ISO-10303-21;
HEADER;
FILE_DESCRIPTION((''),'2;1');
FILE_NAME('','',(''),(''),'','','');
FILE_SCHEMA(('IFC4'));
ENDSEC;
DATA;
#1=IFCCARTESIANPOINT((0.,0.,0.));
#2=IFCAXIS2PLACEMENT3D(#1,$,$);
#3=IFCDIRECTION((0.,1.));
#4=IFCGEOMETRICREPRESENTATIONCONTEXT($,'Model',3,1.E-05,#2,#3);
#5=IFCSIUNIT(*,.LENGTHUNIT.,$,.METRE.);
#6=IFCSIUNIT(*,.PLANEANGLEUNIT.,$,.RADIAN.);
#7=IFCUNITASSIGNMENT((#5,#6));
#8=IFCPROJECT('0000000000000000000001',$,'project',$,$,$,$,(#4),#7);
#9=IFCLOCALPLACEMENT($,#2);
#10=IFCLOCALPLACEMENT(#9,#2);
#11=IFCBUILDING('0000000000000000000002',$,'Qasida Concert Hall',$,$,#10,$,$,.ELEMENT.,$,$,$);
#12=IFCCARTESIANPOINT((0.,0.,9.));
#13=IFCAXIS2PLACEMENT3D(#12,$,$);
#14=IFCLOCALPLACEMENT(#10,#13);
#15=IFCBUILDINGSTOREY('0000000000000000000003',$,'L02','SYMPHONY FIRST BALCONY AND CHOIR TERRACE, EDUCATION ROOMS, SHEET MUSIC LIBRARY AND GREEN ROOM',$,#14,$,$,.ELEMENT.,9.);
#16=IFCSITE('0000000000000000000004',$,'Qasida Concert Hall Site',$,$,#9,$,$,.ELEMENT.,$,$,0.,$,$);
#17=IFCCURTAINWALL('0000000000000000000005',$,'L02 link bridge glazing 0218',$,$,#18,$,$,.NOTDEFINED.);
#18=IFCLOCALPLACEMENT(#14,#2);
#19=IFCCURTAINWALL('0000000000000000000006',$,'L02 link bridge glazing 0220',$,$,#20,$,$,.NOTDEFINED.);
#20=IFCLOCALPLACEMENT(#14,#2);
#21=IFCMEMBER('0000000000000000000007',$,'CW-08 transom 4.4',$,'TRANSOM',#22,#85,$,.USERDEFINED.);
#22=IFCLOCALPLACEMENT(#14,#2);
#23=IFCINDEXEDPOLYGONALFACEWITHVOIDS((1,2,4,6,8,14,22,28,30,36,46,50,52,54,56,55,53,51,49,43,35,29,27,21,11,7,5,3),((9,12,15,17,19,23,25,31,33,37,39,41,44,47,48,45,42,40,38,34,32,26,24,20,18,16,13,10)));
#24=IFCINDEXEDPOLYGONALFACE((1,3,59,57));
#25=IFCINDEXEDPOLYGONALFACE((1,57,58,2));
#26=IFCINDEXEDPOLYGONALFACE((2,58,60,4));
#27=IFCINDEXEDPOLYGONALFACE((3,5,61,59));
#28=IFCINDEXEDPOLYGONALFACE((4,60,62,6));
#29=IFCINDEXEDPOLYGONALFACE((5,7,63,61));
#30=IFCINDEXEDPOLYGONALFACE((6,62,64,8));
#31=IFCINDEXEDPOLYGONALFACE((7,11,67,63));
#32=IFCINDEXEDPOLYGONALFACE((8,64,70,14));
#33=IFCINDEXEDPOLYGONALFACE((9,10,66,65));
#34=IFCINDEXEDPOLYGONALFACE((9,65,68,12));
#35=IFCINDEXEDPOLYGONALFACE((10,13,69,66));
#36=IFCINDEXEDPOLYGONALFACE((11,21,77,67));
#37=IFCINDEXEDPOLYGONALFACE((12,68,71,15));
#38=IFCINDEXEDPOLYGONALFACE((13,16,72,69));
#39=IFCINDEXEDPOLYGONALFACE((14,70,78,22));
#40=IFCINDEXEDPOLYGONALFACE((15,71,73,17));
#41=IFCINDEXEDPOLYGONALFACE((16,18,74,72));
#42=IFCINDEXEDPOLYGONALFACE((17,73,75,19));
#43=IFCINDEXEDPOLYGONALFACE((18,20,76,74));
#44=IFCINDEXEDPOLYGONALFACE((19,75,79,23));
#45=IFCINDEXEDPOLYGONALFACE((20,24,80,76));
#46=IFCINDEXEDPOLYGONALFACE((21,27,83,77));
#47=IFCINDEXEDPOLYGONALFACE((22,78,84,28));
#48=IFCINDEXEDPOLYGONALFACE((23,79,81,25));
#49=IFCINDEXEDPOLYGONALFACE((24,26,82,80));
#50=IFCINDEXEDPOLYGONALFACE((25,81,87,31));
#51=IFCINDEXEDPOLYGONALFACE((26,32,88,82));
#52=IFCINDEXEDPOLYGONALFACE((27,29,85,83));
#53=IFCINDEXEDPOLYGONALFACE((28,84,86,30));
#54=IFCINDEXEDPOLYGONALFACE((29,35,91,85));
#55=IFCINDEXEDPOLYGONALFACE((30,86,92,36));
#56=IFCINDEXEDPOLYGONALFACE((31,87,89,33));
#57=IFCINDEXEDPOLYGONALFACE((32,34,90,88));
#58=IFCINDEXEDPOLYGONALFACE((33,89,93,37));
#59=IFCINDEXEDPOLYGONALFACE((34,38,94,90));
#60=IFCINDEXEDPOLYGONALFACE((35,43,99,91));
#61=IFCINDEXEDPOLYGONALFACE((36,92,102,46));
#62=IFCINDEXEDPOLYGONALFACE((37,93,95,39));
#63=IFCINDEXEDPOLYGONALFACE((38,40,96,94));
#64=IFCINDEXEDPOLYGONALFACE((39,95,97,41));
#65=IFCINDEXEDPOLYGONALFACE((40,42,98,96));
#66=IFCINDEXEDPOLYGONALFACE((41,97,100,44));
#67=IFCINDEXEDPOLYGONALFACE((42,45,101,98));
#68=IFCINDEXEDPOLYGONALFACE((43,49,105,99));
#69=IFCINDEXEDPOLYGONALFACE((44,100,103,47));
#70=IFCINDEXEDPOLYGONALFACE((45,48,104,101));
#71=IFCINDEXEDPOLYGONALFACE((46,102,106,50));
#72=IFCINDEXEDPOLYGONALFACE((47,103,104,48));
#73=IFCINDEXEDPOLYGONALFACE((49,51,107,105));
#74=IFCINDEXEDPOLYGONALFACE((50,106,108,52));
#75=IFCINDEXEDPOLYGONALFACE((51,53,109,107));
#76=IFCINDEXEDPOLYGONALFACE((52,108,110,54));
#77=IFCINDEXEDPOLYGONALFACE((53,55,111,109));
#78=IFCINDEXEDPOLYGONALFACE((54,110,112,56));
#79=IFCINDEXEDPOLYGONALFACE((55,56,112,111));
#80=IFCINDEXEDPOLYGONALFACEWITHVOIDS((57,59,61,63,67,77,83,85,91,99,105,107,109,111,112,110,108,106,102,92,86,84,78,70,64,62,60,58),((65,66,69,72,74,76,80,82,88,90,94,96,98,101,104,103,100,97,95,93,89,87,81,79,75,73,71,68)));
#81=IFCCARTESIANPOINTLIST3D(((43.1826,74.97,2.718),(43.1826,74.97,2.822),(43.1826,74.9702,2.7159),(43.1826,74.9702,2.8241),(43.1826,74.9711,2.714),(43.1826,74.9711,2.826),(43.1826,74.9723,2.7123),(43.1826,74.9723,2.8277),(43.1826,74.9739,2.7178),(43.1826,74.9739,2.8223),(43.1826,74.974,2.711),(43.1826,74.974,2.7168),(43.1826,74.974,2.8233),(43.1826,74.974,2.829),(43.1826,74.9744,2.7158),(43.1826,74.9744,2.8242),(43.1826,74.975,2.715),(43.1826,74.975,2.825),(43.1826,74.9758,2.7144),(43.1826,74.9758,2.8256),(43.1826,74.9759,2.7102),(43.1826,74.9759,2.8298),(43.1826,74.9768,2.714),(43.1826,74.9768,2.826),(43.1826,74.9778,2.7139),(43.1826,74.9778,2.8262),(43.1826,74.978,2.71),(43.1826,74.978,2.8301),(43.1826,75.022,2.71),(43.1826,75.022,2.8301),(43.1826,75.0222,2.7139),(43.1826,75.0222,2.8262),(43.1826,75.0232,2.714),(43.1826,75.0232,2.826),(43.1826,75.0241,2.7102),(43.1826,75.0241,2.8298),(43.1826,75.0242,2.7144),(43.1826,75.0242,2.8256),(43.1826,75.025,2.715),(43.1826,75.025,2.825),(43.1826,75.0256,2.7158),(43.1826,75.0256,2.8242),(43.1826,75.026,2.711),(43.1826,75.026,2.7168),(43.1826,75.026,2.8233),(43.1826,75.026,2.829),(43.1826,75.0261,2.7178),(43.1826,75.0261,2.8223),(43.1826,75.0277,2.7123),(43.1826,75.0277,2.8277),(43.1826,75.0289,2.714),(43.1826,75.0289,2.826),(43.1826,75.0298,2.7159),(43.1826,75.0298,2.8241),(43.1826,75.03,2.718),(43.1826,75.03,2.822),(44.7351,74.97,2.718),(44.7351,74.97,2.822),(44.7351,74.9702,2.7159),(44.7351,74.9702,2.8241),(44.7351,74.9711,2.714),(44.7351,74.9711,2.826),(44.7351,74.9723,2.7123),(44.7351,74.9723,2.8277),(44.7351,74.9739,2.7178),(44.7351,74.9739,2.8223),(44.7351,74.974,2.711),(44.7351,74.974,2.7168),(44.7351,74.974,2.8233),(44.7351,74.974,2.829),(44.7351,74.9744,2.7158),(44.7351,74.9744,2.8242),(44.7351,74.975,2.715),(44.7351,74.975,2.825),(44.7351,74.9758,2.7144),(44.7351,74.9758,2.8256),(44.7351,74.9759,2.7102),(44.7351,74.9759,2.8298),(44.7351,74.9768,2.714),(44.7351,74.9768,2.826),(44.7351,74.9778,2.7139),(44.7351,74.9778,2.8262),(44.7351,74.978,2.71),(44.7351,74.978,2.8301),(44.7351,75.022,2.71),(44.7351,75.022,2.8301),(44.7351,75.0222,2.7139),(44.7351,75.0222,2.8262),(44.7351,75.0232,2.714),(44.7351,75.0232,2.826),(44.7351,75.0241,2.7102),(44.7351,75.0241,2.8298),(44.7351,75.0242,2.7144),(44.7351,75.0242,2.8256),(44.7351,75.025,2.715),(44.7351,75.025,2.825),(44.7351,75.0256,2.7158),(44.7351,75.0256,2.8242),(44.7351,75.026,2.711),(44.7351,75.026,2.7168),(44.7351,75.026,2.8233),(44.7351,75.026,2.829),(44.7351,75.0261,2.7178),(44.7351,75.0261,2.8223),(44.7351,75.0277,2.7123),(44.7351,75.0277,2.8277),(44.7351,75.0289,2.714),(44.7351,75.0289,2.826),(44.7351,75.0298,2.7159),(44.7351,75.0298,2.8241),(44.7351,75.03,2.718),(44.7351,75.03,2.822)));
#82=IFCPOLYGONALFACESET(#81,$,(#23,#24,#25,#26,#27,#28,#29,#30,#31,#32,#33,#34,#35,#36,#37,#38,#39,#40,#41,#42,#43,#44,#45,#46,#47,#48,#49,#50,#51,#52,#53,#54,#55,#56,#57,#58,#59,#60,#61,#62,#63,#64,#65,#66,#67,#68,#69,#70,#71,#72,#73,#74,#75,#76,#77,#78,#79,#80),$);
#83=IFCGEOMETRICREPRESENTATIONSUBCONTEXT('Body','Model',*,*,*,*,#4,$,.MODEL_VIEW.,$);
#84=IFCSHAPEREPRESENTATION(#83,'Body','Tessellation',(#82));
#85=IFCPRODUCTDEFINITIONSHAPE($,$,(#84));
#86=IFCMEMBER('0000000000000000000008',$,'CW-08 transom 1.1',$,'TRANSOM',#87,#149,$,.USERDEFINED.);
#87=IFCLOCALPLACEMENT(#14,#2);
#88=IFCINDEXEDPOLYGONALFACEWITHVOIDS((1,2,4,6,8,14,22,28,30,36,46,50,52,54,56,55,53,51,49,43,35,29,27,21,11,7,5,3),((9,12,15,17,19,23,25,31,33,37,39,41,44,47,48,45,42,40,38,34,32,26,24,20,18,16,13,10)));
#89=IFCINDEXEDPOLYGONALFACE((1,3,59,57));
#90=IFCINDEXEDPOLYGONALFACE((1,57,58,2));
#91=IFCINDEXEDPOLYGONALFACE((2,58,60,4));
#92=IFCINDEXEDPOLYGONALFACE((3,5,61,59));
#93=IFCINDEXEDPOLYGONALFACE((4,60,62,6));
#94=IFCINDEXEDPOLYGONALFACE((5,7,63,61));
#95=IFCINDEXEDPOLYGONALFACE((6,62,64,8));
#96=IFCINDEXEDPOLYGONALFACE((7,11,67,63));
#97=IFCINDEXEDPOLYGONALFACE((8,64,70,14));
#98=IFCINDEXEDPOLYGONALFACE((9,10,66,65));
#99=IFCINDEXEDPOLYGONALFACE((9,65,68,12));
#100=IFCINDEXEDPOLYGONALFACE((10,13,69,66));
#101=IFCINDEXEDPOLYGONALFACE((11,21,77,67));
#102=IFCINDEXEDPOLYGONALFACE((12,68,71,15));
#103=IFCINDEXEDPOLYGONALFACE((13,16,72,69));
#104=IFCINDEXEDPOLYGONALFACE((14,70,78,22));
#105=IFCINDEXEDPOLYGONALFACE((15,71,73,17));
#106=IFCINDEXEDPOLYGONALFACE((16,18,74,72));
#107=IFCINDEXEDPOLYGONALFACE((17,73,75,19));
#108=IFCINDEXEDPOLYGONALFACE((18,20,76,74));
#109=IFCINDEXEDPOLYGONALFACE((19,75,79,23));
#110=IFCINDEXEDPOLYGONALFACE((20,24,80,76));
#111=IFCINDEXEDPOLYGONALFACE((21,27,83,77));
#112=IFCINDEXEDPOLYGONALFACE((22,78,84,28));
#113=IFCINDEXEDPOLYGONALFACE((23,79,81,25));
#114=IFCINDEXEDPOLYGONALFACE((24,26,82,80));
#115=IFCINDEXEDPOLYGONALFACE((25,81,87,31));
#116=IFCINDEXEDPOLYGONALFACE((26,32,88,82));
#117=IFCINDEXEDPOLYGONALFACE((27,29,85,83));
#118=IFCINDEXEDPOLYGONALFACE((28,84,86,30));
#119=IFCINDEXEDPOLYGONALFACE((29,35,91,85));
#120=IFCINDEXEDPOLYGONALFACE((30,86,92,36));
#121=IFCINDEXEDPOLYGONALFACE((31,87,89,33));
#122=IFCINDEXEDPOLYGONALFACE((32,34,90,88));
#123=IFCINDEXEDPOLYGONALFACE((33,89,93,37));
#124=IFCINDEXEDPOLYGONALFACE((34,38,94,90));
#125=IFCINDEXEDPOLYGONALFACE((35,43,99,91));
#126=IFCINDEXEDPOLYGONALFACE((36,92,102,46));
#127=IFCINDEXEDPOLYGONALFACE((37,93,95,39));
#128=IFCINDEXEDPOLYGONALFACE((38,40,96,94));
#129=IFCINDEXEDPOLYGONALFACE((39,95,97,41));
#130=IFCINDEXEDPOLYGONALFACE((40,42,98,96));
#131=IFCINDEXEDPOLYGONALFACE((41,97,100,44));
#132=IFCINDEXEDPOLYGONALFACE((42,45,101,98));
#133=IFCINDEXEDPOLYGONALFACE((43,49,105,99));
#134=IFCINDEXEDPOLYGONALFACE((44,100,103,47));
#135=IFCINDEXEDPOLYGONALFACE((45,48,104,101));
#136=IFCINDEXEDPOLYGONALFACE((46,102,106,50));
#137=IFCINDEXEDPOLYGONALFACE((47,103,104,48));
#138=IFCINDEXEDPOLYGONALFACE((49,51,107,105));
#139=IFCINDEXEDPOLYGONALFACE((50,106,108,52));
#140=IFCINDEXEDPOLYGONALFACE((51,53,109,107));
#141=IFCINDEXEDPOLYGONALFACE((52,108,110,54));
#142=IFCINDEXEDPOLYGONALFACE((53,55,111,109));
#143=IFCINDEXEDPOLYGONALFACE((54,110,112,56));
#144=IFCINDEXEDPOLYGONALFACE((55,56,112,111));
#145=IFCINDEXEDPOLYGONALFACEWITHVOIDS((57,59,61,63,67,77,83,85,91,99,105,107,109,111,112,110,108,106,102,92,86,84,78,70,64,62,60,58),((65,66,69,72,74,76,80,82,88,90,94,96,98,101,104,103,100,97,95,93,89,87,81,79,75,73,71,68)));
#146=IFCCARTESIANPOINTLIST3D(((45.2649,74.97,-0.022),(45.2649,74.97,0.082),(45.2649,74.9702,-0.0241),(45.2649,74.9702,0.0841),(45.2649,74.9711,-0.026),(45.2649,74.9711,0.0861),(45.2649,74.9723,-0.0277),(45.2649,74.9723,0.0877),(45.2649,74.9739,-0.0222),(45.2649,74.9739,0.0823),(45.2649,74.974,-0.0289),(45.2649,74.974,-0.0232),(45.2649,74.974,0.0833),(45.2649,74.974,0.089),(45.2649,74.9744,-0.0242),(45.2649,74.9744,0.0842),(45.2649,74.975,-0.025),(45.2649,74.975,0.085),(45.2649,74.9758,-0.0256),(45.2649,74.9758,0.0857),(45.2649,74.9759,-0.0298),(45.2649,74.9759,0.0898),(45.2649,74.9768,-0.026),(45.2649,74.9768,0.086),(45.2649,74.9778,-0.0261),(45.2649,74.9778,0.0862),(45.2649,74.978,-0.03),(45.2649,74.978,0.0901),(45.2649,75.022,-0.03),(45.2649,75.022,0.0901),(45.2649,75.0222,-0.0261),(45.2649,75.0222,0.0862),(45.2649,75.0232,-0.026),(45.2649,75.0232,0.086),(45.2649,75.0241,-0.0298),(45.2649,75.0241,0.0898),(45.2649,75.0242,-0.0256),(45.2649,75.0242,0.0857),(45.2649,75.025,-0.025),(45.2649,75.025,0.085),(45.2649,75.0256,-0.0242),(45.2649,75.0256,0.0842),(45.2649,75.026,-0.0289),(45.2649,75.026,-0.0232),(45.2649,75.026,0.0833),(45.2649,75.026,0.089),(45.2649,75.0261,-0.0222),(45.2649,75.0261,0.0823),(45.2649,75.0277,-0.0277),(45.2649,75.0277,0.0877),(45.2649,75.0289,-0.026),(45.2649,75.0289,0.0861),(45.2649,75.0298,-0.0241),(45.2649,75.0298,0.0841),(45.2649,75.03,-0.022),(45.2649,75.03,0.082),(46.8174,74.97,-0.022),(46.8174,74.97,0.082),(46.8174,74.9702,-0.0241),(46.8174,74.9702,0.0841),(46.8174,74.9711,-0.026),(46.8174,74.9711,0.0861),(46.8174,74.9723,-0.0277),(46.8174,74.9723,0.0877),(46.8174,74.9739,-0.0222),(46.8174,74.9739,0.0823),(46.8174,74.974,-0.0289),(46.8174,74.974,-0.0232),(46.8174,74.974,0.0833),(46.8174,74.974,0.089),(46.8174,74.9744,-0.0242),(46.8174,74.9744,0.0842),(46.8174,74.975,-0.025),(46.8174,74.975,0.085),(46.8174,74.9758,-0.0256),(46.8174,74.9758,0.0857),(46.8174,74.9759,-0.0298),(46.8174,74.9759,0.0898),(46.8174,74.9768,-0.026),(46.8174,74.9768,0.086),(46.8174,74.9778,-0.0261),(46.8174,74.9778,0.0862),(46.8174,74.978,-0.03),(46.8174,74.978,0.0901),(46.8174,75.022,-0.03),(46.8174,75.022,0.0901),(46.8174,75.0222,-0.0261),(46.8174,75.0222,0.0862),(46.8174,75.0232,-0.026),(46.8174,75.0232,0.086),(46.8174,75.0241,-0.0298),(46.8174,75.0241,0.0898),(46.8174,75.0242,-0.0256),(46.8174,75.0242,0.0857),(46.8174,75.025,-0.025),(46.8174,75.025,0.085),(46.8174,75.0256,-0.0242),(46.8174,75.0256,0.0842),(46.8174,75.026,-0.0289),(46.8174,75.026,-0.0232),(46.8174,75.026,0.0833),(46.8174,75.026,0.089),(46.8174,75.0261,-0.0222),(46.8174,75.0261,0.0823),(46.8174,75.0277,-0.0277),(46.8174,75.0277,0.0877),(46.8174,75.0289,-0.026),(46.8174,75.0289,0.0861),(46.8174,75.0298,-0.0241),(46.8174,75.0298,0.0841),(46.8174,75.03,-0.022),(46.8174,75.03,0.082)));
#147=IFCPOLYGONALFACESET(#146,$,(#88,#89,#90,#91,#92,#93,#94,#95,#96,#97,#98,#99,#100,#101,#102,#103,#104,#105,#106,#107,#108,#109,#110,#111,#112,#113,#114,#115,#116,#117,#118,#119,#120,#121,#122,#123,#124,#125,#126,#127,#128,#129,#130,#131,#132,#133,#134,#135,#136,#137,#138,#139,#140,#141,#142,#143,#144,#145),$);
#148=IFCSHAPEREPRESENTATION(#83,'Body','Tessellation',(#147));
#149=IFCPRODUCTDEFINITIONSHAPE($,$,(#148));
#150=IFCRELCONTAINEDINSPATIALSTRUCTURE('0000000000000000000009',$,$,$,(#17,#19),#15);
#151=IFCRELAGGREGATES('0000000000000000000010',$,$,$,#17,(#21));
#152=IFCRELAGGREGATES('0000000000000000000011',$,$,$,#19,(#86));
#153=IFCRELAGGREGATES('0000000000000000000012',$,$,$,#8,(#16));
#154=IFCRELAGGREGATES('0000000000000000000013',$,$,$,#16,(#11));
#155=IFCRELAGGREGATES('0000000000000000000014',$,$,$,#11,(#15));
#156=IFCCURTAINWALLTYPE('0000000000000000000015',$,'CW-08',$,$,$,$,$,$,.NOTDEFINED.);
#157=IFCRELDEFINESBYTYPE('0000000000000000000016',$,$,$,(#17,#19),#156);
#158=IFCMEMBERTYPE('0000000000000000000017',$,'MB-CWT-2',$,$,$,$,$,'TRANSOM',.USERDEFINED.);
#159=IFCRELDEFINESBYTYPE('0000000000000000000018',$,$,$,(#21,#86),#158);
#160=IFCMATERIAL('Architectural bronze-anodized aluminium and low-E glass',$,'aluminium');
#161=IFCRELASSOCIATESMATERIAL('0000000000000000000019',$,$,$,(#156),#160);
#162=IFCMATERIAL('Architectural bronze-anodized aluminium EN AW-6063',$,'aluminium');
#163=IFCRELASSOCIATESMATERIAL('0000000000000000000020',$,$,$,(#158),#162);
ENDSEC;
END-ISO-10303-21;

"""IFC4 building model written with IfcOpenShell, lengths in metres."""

from ifc_helpers import new_model, si_unit, direction, frame, origin, origin_2d, place, context, subcontext, project, spatial, hollow_rectangle, extrude, material, material_profile, profile_set, type_object, element, aggregate, save


model = new_model("IFC4")

# Units and contexts
model_context = context("Model", 3, precision=1e-05, world=origin(), true_north=direction((0.0, 1.0)))
body_context = subcontext(model_context, "Body", "Model", "MODEL_VIEW")
ifc_project = project(units=[si_unit("LENGTHUNIT", "METRE"), si_unit("PLANEANGLEUNIT", "RADIAN")], contexts=[model_context])

# Site, building, storey
site_placement = place(None, origin())
site = spatial("IfcSite", under=ifc_project, at=site_placement, Name="Qasida Concert Hall Site", CompositionType="ELEMENT", RefElevation=0.0)
building_placement = place(site_placement, origin())
building = spatial("IfcBuilding", under=site, at=building_placement, Name="Qasida Concert Hall", CompositionType="ELEMENT")
storey_placement = place(building_placement, frame((0.0, 0.0, 9.0)))
storey = spatial("IfcBuildingStorey", under=building, at=storey_placement, Name="L02", Description="SYMPHONY FIRST BALCONY AND CHOIR TERRACE, EDUCATION ROOMS, SHEET MUSIC LIBRARY AND GREEN ROOM", CompositionType="ELEMENT", Elevation=9.0)

# Curtain wall
ifc_material_1 = material(Name="Architectural bronze-anodized aluminium and low-E glass", Category="aluminium")
curtain_wall_type = type_object("IfcCurtainWallType", Name="CW-08", PredefinedType="NOTDEFINED", material=ifc_material_1)
curtain_wall_1_placement = place(storey_placement, origin())
curtain_wall_1 = element("IfcCurtainWall", 1, at=curtain_wall_1_placement, inside=storey, type_object=curtain_wall_type, Name="L02 link bridge glazing 0218", PredefinedType="NOTDEFINED")
ifc_material_2 = material(Name="Architectural bronze-anodized aluminium EN AW-6063", Category="aluminium")

# Curtain wall
curtain_wall_2_placement = place(storey_placement, origin())
curtain_wall_2 = element("IfcCurtainWall", 2, at=curtain_wall_2_placement, inside=storey, type_object=curtain_wall_type, Name="L02 link bridge glazing 0220", PredefinedType="NOTDEFINED")

# Members
ifc_material_profile_1 = material_profile(ifc_material_2, hollow_rectangle(XDim=0.0601, YDim=0.1201, WallThickness=0.0039, InnerFilletRadius=0.0039, OuterFilletRadius=0.0081, at=origin_2d()), Name="CWT 120x60x4")
ifc_profile_set_1 = profile_set([ifc_material_profile_1], Name="Architectural bronze-anodized aluminium EN AW-6063")
member_type_1 = type_object("IfcMemberType", Name="MB-CWT-2", ElementType="TRANSOM", PredefinedType="USERDEFINED", material=ifc_profile_set_1)
member_1_placement = place(storey_placement, frame((43.1826, 75.0, 2.77), z_axis=(1.0, 0.0, 0.0), x_axis=(0.0, 1.0, 0.0)))
member_1 = element("IfcMember", 3, at=member_1_placement, type_object=member_type_1, Name="CW-08 transom 4.4", ObjectType="TRANSOM", PredefinedType="USERDEFINED", context=body_context, shape_type="SweptSolid", body=[
    extrude(hollow_rectangle(XDim=0.0601, YDim=0.1201, WallThickness=0.0039, InnerFilletRadius=0.0039, OuterFilletRadius=0.0081, at=origin_2d()), origin(), (0.0, 0.0, 1.0), 1.5525),
])
member_2_placement = place(storey_placement, frame((45.2649, 75.0, 0.03), z_axis=(1.0, 0.0, 0.0), x_axis=(0.0, 1.0, 0.0)))
member_2 = element("IfcMember", 4, at=member_2_placement, type_object=member_type_1, Name="CW-08 transom 1.1", ObjectType="TRANSOM", PredefinedType="USERDEFINED", context=body_context, shape_type="SweptSolid", body=[
    extrude(hollow_rectangle(XDim=0.0601, YDim=0.1201, WallThickness=0.0039, InnerFilletRadius=0.0039, OuterFilletRadius=0.0081, at=origin_2d()), origin(), (0.0, 0.0, 1.0), 1.5525),
])

aggregate(curtain_wall_1, [member_1])
aggregate(curtain_wall_2, [member_2])

save(model, "model.ifc")
